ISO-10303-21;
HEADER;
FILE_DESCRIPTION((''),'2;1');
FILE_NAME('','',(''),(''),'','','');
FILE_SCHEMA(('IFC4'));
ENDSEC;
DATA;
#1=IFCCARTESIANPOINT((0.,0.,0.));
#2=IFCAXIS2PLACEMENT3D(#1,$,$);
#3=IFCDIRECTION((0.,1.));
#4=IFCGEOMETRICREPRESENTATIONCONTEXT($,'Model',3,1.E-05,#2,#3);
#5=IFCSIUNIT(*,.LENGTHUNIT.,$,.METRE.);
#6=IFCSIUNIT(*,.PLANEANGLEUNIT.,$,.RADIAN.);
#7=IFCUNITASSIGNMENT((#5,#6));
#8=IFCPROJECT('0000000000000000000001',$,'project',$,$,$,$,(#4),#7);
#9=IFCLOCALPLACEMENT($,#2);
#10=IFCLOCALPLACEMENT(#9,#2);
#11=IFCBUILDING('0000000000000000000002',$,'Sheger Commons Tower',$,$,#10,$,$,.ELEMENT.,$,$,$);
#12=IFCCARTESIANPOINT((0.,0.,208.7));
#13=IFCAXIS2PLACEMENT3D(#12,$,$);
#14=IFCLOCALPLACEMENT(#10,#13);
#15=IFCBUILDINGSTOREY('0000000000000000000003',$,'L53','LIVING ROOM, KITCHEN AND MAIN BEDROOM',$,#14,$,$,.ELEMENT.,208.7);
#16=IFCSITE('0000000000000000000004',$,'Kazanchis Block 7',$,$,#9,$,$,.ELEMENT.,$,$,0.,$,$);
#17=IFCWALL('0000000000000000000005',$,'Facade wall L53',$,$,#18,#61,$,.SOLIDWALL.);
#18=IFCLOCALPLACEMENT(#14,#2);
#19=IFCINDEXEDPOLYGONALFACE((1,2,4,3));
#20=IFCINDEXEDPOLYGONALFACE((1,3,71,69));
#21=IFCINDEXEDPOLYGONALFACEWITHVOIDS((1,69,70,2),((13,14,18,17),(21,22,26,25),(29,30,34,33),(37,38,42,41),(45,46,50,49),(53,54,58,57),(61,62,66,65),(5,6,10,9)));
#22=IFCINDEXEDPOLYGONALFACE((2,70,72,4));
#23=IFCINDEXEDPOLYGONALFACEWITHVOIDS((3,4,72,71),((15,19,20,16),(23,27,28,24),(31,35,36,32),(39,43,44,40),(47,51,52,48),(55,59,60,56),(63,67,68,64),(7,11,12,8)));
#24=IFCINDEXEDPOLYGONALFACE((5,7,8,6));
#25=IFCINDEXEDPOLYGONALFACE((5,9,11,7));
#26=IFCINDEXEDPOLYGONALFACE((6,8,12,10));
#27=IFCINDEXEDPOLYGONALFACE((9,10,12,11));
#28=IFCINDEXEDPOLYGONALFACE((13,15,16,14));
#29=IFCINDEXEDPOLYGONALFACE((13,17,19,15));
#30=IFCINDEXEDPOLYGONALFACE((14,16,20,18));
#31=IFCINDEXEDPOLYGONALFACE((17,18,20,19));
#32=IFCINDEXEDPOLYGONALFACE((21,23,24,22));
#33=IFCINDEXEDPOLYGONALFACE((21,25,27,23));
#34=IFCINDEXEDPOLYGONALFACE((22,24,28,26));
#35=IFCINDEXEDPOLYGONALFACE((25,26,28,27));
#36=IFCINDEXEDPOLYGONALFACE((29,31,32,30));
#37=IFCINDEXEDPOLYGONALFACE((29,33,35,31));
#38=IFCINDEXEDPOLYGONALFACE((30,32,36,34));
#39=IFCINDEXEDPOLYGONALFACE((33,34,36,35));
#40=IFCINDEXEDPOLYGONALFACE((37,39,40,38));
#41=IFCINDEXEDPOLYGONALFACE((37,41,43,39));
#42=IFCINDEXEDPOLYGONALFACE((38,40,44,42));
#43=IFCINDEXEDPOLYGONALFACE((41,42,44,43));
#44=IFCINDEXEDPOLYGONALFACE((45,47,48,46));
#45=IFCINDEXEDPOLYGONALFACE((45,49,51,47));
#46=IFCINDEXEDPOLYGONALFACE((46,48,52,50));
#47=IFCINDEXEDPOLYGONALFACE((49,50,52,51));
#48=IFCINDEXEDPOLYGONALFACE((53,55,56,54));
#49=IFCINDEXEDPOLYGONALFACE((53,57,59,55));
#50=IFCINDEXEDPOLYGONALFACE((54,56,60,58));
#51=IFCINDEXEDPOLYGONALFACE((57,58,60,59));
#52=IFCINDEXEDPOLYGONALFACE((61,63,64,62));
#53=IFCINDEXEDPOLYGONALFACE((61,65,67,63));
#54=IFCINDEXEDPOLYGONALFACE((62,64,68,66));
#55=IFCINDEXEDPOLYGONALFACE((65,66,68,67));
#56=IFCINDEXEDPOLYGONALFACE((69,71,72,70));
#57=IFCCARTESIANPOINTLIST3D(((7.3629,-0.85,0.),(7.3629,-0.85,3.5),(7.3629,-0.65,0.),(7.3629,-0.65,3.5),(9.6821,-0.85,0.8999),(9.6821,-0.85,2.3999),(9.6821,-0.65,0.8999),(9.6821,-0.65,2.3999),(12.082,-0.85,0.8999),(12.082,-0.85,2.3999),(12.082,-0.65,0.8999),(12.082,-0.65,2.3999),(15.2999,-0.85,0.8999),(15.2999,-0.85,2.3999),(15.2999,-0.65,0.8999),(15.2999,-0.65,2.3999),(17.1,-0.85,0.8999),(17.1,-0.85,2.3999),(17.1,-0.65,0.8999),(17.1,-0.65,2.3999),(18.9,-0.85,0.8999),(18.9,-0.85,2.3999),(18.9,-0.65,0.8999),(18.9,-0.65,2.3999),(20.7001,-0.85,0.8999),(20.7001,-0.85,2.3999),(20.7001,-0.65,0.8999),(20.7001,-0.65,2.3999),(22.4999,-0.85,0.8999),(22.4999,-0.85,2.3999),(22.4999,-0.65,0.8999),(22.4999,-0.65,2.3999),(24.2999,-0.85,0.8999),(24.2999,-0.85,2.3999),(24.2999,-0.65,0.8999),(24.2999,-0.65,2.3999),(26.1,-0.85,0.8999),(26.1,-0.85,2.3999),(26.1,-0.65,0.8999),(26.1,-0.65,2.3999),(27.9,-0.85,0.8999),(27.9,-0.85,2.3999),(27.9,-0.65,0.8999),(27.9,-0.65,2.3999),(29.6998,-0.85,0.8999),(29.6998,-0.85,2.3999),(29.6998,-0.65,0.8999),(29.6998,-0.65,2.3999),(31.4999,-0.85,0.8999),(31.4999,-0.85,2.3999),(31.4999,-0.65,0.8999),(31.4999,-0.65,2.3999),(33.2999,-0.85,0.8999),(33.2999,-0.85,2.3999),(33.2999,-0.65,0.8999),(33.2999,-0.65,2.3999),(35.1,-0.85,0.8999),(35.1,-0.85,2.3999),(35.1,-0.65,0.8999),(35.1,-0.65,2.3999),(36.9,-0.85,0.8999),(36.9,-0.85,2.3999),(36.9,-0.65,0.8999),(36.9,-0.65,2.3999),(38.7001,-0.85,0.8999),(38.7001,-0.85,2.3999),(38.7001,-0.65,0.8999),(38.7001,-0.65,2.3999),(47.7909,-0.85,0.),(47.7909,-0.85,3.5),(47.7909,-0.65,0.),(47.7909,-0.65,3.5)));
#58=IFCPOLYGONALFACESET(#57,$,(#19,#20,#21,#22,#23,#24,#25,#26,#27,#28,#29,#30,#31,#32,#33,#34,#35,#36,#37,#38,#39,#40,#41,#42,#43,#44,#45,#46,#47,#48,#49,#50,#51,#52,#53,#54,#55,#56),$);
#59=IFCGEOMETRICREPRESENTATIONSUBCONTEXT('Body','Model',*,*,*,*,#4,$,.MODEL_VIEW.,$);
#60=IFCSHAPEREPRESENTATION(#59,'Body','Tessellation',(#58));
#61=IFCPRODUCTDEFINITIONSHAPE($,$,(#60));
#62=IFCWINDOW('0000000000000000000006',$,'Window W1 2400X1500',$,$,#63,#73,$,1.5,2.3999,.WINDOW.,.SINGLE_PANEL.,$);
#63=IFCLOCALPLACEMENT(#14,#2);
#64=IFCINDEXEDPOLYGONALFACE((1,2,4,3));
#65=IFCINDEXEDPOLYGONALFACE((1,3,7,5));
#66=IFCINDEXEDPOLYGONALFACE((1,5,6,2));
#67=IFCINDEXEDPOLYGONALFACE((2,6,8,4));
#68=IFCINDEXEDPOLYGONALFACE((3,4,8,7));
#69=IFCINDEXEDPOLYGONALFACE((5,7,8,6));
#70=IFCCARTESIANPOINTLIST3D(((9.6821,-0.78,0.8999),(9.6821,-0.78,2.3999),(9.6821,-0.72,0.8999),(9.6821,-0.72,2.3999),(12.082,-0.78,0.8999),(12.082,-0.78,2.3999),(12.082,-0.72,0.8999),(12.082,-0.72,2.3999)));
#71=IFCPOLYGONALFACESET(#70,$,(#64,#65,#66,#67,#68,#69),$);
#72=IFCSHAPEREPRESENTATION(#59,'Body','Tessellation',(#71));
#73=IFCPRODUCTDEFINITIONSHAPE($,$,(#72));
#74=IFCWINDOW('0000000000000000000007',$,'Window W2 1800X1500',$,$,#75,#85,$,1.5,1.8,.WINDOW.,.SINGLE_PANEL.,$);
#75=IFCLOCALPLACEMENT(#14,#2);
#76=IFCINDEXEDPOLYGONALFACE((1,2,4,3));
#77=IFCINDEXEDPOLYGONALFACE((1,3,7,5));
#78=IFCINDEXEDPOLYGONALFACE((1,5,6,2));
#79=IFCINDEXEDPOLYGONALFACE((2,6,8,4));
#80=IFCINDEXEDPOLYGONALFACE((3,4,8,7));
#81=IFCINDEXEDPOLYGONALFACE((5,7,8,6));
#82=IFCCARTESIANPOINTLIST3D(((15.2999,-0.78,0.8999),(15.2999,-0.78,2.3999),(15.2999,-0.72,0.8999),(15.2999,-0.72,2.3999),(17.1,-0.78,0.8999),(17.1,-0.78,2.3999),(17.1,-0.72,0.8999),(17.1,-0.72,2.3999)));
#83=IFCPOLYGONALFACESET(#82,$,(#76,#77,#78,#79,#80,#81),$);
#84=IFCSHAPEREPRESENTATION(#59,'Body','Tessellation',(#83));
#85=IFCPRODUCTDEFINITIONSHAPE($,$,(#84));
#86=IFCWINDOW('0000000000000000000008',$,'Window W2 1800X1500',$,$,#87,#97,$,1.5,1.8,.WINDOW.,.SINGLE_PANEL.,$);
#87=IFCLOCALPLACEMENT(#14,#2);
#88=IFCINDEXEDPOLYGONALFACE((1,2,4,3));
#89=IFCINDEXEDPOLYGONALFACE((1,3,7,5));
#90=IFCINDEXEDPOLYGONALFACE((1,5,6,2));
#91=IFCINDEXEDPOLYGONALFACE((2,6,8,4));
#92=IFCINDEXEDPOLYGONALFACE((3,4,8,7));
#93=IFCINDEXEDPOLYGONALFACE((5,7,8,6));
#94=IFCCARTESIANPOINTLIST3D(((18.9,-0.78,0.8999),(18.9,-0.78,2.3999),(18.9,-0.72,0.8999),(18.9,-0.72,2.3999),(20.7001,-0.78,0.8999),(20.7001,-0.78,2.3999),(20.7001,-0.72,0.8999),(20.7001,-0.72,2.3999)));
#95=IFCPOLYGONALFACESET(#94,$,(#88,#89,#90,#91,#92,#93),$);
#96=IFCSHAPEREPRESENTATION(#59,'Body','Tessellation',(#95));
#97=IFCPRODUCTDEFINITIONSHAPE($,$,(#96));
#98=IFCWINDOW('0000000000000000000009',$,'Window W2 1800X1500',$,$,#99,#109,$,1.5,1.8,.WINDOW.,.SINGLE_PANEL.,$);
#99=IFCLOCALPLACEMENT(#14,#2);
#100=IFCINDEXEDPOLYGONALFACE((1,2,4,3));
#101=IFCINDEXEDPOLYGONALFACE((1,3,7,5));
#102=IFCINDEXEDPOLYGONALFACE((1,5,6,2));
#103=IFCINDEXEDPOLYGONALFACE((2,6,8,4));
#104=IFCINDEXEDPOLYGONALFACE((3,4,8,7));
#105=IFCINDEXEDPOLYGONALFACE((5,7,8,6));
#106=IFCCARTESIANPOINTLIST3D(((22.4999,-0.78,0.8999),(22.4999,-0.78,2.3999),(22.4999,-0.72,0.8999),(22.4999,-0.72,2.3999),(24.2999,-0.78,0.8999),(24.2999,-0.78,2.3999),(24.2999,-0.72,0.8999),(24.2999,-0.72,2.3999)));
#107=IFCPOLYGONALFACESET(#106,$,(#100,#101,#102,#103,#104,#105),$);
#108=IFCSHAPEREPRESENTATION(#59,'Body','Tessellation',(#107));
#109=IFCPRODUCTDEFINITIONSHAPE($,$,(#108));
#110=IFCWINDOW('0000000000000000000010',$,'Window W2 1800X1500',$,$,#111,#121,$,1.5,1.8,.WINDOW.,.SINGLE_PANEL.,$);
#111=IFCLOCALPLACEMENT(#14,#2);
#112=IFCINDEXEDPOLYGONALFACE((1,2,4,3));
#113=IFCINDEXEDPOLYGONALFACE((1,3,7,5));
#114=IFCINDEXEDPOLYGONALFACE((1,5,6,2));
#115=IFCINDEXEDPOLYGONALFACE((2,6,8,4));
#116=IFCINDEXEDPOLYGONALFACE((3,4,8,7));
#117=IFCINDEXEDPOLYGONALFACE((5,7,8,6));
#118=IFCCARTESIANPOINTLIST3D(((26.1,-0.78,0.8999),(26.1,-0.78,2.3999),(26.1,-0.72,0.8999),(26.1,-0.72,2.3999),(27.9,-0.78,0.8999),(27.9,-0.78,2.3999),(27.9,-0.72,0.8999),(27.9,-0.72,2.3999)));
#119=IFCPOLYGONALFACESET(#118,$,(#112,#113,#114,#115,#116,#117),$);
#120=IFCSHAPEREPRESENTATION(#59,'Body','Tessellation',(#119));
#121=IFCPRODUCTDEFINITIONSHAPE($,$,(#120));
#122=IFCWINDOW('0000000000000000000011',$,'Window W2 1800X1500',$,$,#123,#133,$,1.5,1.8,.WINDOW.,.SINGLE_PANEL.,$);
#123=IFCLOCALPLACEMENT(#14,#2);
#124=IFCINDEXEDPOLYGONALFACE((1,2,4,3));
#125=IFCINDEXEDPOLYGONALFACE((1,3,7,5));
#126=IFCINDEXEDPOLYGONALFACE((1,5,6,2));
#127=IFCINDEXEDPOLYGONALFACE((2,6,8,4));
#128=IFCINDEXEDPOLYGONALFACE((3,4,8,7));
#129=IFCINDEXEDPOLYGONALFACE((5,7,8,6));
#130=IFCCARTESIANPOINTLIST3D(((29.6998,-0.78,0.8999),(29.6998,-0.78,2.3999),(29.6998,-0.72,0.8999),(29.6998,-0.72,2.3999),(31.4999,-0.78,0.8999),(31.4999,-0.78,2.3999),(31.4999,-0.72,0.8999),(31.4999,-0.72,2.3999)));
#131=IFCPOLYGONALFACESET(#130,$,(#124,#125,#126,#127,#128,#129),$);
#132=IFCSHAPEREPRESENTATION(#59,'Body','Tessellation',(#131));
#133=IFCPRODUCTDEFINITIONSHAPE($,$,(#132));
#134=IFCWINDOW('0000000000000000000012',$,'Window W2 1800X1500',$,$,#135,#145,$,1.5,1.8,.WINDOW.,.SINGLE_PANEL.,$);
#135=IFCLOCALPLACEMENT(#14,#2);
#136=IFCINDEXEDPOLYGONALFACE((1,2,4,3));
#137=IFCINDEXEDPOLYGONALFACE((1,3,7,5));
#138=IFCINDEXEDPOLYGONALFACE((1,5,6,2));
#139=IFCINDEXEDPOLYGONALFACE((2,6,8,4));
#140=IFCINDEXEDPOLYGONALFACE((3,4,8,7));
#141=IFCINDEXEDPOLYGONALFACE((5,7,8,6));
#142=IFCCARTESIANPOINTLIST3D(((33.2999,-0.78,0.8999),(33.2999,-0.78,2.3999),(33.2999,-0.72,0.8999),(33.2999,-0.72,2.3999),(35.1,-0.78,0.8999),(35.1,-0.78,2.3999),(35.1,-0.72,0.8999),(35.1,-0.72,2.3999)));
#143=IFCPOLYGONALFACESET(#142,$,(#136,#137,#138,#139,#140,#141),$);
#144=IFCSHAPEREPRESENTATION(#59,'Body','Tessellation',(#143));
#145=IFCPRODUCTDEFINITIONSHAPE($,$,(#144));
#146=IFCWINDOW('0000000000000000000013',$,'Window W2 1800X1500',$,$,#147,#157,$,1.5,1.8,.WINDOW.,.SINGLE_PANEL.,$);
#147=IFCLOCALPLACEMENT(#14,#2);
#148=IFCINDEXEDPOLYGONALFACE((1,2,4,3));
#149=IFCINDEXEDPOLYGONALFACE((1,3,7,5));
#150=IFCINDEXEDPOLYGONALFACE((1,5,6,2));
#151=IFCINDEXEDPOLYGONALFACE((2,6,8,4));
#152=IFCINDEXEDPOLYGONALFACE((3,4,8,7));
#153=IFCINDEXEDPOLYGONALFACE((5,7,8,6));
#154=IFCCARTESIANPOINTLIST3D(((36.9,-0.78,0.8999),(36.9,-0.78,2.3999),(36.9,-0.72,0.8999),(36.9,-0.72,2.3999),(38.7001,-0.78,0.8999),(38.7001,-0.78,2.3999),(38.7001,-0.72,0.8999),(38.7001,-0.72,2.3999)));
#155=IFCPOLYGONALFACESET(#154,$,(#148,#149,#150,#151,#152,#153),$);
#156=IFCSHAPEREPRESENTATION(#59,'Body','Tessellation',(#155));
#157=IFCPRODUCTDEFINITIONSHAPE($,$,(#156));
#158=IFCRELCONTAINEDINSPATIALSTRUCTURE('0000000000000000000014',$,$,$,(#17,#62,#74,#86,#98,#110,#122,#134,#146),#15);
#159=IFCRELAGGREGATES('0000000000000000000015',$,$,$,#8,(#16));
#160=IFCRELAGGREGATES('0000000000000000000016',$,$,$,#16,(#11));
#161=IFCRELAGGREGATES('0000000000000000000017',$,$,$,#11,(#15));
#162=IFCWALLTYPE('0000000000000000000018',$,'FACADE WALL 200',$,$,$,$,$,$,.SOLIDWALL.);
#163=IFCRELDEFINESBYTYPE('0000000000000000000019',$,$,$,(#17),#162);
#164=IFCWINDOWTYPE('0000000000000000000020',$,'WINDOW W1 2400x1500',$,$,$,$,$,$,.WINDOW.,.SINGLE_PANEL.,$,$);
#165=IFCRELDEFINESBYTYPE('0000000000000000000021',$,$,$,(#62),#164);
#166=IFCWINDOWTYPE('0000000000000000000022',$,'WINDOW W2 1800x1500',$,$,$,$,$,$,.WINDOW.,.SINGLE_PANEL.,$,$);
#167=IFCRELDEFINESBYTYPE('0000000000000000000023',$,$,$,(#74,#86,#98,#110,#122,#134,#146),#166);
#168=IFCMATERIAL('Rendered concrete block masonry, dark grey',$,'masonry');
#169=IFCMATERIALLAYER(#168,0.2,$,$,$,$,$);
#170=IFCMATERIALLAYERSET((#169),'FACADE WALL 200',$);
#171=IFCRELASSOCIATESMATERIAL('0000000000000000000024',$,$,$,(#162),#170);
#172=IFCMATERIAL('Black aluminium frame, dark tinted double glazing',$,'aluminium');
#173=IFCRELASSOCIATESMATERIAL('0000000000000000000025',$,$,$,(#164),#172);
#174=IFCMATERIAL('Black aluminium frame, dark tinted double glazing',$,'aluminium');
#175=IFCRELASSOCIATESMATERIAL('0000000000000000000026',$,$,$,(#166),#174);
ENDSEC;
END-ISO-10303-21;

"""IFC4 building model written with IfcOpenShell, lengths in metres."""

from ifc_helpers import new_model, si_unit, direction, frame, frame_2d, origin, place, context, subcontext, project, spatial, rectangle, extrude, material, layer, layer_set, type_object, element, fill, save


model = new_model("IFC4")

# Units and contexts
model_context = context("Model", 3, precision=1e-05, world=origin(), true_north=direction((0.0, 1.0)))
body_context = subcontext(model_context, "Body", "Model", "MODEL_VIEW")
ifc_project = project(units=[si_unit("LENGTHUNIT", "METRE"), si_unit("PLANEANGLEUNIT", "RADIAN")], contexts=[model_context])

# Site, building, storey
site_placement = place(None, origin())
site = spatial("IfcSite", under=ifc_project, at=site_placement, Name="Kazanchis Block 7", CompositionType="ELEMENT", RefElevation=0.0)
building_placement = place(site_placement, origin())
building = spatial("IfcBuilding", under=site, at=building_placement, Name="Sheger Commons Tower", CompositionType="ELEMENT")
storey_placement = place(building_placement, frame((0.0, 0.0, 208.7)))
storey = spatial("IfcBuildingStorey", under=building, at=storey_placement, Name="L53", Description="LIVING ROOM, KITCHEN AND MAIN BEDROOM", CompositionType="ELEMENT", Elevation=208.7)

# Wall, openings, windows
ifc_material_1 = material(Name="Rendered concrete block masonry, dark grey", Category="masonry")
ifc_layer_1 = layer(ifc_material_1, 0.2)
ifc_layer_set_1 = layer_set([ifc_layer_1], Name="FACADE WALL 200")
wall_type_1 = type_object("IfcWallType", Name="FACADE WALL 200", PredefinedType="SOLIDWALL", material=ifc_layer_set_1)
wall_1_placement = place(storey_placement, frame((7.363, -0.75, 0.0), z_axis=(0.0, 0.0, 1.0), x_axis=(1.0, 0.0, 0.0)))
wall_1 = element("IfcWall", 1, at=wall_1_placement, inside=storey, type_object=wall_type_1, Name="Facade wall L53", PredefinedType="SOLIDWALL", context=body_context, shape_type="SweptSolid", body=[
    extrude(rectangle(XDim=40.428, YDim=0.2, at=frame_2d((20.2139, 0.0))), origin(), (0.0, 0.0, 1.0), 3.5),
])
opening_1_placement = place(wall_1_placement, frame((2.3191, 0.0, 0.8999)))
opening_1 = element("IfcOpeningElement", 2, at=opening_1_placement, cuts=wall_1, PredefinedType="OPENING", context=body_context, shape_type="SweptSolid", body=[
    extrude(rectangle(XDim=2.3999, YDim=1.5, at=frame_2d((1.2, 0.75))), frame((0.0, 0.1099, 0.0), z_axis=(0.0, -1.0, 0.0), x_axis=(1.0, 0.0, 0.0)), (0.0, 0.0, 1.0), 0.22),
])
opening_2_placement = place(wall_1_placement, frame((7.937, 0.0, 0.8999)))
opening_2 = element("IfcOpeningElement", 3, at=opening_2_placement, cuts=wall_1, PredefinedType="OPENING", context=body_context, shape_type="SweptSolid", body=[
    extrude(rectangle(XDim=1.8, YDim=1.5, at=frame_2d((0.8999, 0.75))), frame((0.0, 0.1099, 0.0), z_axis=(0.0, -1.0, 0.0), x_axis=(1.0, 0.0, 0.0)), (0.0, 0.0, 1.0), 0.22),
])
opening_3_placement = place(wall_1_placement, frame((11.5371, 0.0, 0.8999)))
opening_3 = element("IfcOpeningElement", 4, at=opening_3_placement, cuts=wall_1, PredefinedType="OPENING", context=body_context, shape_type="SweptSolid", body=[
    extrude(rectangle(XDim=1.8, YDim=1.5, at=frame_2d((0.8999, 0.75))), frame((0.0, 0.1099, 0.0), z_axis=(0.0, -1.0, 0.0), x_axis=(1.0, 0.0, 0.0)), (0.0, 0.0, 1.0), 0.22),
])
opening_4_placement = place(wall_1_placement, frame((15.137, 0.0, 0.8999)))
opening_4 = element("IfcOpeningElement", 5, at=opening_4_placement, cuts=wall_1, PredefinedType="OPENING", context=body_context, shape_type="SweptSolid", body=[
    extrude(rectangle(XDim=1.8, YDim=1.5, at=frame_2d((0.8999, 0.75))), frame((0.0, 0.1099, 0.0), z_axis=(0.0, -1.0, 0.0), x_axis=(1.0, 0.0, 0.0)), (0.0, 0.0, 1.0), 0.22),
])
opening_5_placement = place(wall_1_placement, frame((18.7371, 0.0, 0.8999)))
opening_5 = element("IfcOpeningElement", 6, at=opening_5_placement, cuts=wall_1, PredefinedType="OPENING", context=body_context, shape_type="SweptSolid", body=[
    extrude(rectangle(XDim=1.8, YDim=1.5, at=frame_2d((0.8999, 0.75))), frame((0.0, 0.1099, 0.0), z_axis=(0.0, -1.0, 0.0), x_axis=(1.0, 0.0, 0.0)), (0.0, 0.0, 1.0), 0.22),
])
opening_6_placement = place(wall_1_placement, frame((22.3369, 0.0, 0.8999)))
opening_6 = element("IfcOpeningElement", 7, at=opening_6_placement, cuts=wall_1, PredefinedType="OPENING", context=body_context, shape_type="SweptSolid", body=[
    extrude(rectangle(XDim=1.8, YDim=1.5, at=frame_2d((0.8999, 0.75))), frame((0.0, 0.1099, 0.0), z_axis=(0.0, -1.0, 0.0), x_axis=(1.0, 0.0, 0.0)), (0.0, 0.0, 1.0), 0.22),
])
opening_7_placement = place(wall_1_placement, frame((25.937, 0.0, 0.8999)))
opening_7 = element("IfcOpeningElement", 8, at=opening_7_placement, cuts=wall_1, PredefinedType="OPENING", context=body_context, shape_type="SweptSolid", body=[
    extrude(rectangle(XDim=1.8, YDim=1.5, at=frame_2d((0.8999, 0.75))), frame((0.0, 0.1099, 0.0), z_axis=(0.0, -1.0, 0.0), x_axis=(1.0, 0.0, 0.0)), (0.0, 0.0, 1.0), 0.22),
])
opening_8_placement = place(wall_1_placement, frame((29.5371, 0.0, 0.8999)))
opening_8 = element("IfcOpeningElement", 9, at=opening_8_placement, cuts=wall_1, PredefinedType="OPENING", context=body_context, shape_type="SweptSolid", body=[
    extrude(rectangle(XDim=1.8, YDim=1.5, at=frame_2d((0.8999, 0.75))), frame((0.0, 0.1099, 0.0), z_axis=(0.0, -1.0, 0.0), x_axis=(1.0, 0.0, 0.0)), (0.0, 0.0, 1.0), 0.22),
])
ifc_material_2 = material(Name="Black aluminium frame, dark tinted double glazing", Category="aluminium")
window_type_1 = type_object("IfcWindowType", Name="WINDOW W1 2400x1500", PartitioningType="SINGLE_PANEL", PredefinedType="WINDOW", material=ifc_material_2)
window_1_placement = place(opening_1_placement, origin())
window_1 = element("IfcWindow", 10, at=window_1_placement, inside=storey, type_object=window_type_1, Name="Window W1 2400X1500", OverallHeight=1.5, OverallWidth=2.3999, PartitioningType="SINGLE_PANEL", PredefinedType="WINDOW", context=body_context, shape_type="SweptSolid", body=[
    extrude(rectangle(XDim=2.3999, YDim=1.5, at=frame_2d((1.2, 0.75))), frame((0.0, 0.03, 0.0), z_axis=(0.0, -1.0, 0.0), x_axis=(1.0, 0.0, 0.0)), (0.0, 0.0, 1.0), 0.0601),
])
fill(opening_1, window_1)
ifc_material_3 = material(Name="Black aluminium frame, dark tinted double glazing", Category="aluminium")
window_type_2 = type_object("IfcWindowType", Name="WINDOW W2 1800x1500", PartitioningType="SINGLE_PANEL", PredefinedType="WINDOW", material=ifc_material_3)
window_2_placement = place(opening_2_placement, origin())
window_2 = element("IfcWindow", 11, at=window_2_placement, inside=storey, type_object=window_type_2, Name="Window W2 1800X1500", OverallHeight=1.5, OverallWidth=1.8, PartitioningType="SINGLE_PANEL", PredefinedType="WINDOW", context=body_context, shape_type="SweptSolid", body=[
    extrude(rectangle(XDim=1.8, YDim=1.5, at=frame_2d((0.8999, 0.75))), frame((0.0, 0.03, 0.0), z_axis=(0.0, -1.0, 0.0), x_axis=(1.0, 0.0, 0.0)), (0.0, 0.0, 1.0), 0.0601),
])
fill(opening_2, window_2)
window_3_placement = place(opening_3_placement, origin())
window_3 = element("IfcWindow", 12, at=window_3_placement, inside=storey, type_object=window_type_2, Name="Window W2 1800X1500", OverallHeight=1.5, OverallWidth=1.8, PartitioningType="SINGLE_PANEL", PredefinedType="WINDOW", context=body_context, shape_type="SweptSolid", body=[
    extrude(rectangle(XDim=1.8, YDim=1.5, at=frame_2d((0.8999, 0.75))), frame((0.0, 0.03, 0.0), z_axis=(0.0, -1.0, 0.0), x_axis=(1.0, 0.0, 0.0)), (0.0, 0.0, 1.0), 0.0601),
])
fill(opening_3, window_3)
window_4_placement = place(opening_4_placement, origin())
window_4 = element("IfcWindow", 13, at=window_4_placement, inside=storey, type_object=window_type_2, Name="Window W2 1800X1500", OverallHeight=1.5, OverallWidth=1.8, PartitioningType="SINGLE_PANEL", PredefinedType="WINDOW", context=body_context, shape_type="SweptSolid", body=[
    extrude(rectangle(XDim=1.8, YDim=1.5, at=frame_2d((0.8999, 0.75))), frame((0.0, 0.03, 0.0), z_axis=(0.0, -1.0, 0.0), x_axis=(1.0, 0.0, 0.0)), (0.0, 0.0, 1.0), 0.0601),
])
fill(opening_4, window_4)
window_5_placement = place(opening_5_placement, origin())
window_5 = element("IfcWindow", 14, at=window_5_placement, inside=storey, type_object=window_type_2, Name="Window W2 1800X1500", OverallHeight=1.5, OverallWidth=1.8, PartitioningType="SINGLE_PANEL", PredefinedType="WINDOW", context=body_context, shape_type="SweptSolid", body=[
    extrude(rectangle(XDim=1.8, YDim=1.5, at=frame_2d((0.8999, 0.75))), frame((0.0, 0.03, 0.0), z_axis=(0.0, -1.0, 0.0), x_axis=(1.0, 0.0, 0.0)), (0.0, 0.0, 1.0), 0.0601),
])
fill(opening_5, window_5)
window_6_placement = place(opening_6_placement, origin())
window_6 = element("IfcWindow", 15, at=window_6_placement, inside=storey, type_object=window_type_2, Name="Window W2 1800X1500", OverallHeight=1.5, OverallWidth=1.8, PartitioningType="SINGLE_PANEL", PredefinedType="WINDOW", context=body_context, shape_type="SweptSolid", body=[
    extrude(rectangle(XDim=1.8, YDim=1.5, at=frame_2d((0.8999, 0.75))), frame((0.0, 0.03, 0.0), z_axis=(0.0, -1.0, 0.0), x_axis=(1.0, 0.0, 0.0)), (0.0, 0.0, 1.0), 0.0601),
])
fill(opening_6, window_6)
window_7_placement = place(opening_7_placement, origin())
window_7 = element("IfcWindow", 16, at=window_7_placement, inside=storey, type_object=window_type_2, Name="Window W2 1800X1500", OverallHeight=1.5, OverallWidth=1.8, PartitioningType="SINGLE_PANEL", PredefinedType="WINDOW", context=body_context, shape_type="SweptSolid", body=[
    extrude(rectangle(XDim=1.8, YDim=1.5, at=frame_2d((0.8999, 0.75))), frame((0.0, 0.03, 0.0), z_axis=(0.0, -1.0, 0.0), x_axis=(1.0, 0.0, 0.0)), (0.0, 0.0, 1.0), 0.0601),
])
fill(opening_7, window_7)
window_8_placement = place(opening_8_placement, origin())
window_8 = element("IfcWindow", 17, at=window_8_placement, inside=storey, type_object=window_type_2, Name="Window W2 1800X1500", OverallHeight=1.5, OverallWidth=1.8, PartitioningType="SINGLE_PANEL", PredefinedType="WINDOW", context=body_context, shape_type="SweptSolid", body=[
    extrude(rectangle(XDim=1.8, YDim=1.5, at=frame_2d((0.8999, 0.75))), frame((0.0, 0.03, 0.0), z_axis=(0.0, -1.0, 0.0), x_axis=(1.0, 0.0, 0.0)), (0.0, 0.0, 1.0), 0.0601),
])
fill(opening_8, window_8)

save(model, "model.ifc")
